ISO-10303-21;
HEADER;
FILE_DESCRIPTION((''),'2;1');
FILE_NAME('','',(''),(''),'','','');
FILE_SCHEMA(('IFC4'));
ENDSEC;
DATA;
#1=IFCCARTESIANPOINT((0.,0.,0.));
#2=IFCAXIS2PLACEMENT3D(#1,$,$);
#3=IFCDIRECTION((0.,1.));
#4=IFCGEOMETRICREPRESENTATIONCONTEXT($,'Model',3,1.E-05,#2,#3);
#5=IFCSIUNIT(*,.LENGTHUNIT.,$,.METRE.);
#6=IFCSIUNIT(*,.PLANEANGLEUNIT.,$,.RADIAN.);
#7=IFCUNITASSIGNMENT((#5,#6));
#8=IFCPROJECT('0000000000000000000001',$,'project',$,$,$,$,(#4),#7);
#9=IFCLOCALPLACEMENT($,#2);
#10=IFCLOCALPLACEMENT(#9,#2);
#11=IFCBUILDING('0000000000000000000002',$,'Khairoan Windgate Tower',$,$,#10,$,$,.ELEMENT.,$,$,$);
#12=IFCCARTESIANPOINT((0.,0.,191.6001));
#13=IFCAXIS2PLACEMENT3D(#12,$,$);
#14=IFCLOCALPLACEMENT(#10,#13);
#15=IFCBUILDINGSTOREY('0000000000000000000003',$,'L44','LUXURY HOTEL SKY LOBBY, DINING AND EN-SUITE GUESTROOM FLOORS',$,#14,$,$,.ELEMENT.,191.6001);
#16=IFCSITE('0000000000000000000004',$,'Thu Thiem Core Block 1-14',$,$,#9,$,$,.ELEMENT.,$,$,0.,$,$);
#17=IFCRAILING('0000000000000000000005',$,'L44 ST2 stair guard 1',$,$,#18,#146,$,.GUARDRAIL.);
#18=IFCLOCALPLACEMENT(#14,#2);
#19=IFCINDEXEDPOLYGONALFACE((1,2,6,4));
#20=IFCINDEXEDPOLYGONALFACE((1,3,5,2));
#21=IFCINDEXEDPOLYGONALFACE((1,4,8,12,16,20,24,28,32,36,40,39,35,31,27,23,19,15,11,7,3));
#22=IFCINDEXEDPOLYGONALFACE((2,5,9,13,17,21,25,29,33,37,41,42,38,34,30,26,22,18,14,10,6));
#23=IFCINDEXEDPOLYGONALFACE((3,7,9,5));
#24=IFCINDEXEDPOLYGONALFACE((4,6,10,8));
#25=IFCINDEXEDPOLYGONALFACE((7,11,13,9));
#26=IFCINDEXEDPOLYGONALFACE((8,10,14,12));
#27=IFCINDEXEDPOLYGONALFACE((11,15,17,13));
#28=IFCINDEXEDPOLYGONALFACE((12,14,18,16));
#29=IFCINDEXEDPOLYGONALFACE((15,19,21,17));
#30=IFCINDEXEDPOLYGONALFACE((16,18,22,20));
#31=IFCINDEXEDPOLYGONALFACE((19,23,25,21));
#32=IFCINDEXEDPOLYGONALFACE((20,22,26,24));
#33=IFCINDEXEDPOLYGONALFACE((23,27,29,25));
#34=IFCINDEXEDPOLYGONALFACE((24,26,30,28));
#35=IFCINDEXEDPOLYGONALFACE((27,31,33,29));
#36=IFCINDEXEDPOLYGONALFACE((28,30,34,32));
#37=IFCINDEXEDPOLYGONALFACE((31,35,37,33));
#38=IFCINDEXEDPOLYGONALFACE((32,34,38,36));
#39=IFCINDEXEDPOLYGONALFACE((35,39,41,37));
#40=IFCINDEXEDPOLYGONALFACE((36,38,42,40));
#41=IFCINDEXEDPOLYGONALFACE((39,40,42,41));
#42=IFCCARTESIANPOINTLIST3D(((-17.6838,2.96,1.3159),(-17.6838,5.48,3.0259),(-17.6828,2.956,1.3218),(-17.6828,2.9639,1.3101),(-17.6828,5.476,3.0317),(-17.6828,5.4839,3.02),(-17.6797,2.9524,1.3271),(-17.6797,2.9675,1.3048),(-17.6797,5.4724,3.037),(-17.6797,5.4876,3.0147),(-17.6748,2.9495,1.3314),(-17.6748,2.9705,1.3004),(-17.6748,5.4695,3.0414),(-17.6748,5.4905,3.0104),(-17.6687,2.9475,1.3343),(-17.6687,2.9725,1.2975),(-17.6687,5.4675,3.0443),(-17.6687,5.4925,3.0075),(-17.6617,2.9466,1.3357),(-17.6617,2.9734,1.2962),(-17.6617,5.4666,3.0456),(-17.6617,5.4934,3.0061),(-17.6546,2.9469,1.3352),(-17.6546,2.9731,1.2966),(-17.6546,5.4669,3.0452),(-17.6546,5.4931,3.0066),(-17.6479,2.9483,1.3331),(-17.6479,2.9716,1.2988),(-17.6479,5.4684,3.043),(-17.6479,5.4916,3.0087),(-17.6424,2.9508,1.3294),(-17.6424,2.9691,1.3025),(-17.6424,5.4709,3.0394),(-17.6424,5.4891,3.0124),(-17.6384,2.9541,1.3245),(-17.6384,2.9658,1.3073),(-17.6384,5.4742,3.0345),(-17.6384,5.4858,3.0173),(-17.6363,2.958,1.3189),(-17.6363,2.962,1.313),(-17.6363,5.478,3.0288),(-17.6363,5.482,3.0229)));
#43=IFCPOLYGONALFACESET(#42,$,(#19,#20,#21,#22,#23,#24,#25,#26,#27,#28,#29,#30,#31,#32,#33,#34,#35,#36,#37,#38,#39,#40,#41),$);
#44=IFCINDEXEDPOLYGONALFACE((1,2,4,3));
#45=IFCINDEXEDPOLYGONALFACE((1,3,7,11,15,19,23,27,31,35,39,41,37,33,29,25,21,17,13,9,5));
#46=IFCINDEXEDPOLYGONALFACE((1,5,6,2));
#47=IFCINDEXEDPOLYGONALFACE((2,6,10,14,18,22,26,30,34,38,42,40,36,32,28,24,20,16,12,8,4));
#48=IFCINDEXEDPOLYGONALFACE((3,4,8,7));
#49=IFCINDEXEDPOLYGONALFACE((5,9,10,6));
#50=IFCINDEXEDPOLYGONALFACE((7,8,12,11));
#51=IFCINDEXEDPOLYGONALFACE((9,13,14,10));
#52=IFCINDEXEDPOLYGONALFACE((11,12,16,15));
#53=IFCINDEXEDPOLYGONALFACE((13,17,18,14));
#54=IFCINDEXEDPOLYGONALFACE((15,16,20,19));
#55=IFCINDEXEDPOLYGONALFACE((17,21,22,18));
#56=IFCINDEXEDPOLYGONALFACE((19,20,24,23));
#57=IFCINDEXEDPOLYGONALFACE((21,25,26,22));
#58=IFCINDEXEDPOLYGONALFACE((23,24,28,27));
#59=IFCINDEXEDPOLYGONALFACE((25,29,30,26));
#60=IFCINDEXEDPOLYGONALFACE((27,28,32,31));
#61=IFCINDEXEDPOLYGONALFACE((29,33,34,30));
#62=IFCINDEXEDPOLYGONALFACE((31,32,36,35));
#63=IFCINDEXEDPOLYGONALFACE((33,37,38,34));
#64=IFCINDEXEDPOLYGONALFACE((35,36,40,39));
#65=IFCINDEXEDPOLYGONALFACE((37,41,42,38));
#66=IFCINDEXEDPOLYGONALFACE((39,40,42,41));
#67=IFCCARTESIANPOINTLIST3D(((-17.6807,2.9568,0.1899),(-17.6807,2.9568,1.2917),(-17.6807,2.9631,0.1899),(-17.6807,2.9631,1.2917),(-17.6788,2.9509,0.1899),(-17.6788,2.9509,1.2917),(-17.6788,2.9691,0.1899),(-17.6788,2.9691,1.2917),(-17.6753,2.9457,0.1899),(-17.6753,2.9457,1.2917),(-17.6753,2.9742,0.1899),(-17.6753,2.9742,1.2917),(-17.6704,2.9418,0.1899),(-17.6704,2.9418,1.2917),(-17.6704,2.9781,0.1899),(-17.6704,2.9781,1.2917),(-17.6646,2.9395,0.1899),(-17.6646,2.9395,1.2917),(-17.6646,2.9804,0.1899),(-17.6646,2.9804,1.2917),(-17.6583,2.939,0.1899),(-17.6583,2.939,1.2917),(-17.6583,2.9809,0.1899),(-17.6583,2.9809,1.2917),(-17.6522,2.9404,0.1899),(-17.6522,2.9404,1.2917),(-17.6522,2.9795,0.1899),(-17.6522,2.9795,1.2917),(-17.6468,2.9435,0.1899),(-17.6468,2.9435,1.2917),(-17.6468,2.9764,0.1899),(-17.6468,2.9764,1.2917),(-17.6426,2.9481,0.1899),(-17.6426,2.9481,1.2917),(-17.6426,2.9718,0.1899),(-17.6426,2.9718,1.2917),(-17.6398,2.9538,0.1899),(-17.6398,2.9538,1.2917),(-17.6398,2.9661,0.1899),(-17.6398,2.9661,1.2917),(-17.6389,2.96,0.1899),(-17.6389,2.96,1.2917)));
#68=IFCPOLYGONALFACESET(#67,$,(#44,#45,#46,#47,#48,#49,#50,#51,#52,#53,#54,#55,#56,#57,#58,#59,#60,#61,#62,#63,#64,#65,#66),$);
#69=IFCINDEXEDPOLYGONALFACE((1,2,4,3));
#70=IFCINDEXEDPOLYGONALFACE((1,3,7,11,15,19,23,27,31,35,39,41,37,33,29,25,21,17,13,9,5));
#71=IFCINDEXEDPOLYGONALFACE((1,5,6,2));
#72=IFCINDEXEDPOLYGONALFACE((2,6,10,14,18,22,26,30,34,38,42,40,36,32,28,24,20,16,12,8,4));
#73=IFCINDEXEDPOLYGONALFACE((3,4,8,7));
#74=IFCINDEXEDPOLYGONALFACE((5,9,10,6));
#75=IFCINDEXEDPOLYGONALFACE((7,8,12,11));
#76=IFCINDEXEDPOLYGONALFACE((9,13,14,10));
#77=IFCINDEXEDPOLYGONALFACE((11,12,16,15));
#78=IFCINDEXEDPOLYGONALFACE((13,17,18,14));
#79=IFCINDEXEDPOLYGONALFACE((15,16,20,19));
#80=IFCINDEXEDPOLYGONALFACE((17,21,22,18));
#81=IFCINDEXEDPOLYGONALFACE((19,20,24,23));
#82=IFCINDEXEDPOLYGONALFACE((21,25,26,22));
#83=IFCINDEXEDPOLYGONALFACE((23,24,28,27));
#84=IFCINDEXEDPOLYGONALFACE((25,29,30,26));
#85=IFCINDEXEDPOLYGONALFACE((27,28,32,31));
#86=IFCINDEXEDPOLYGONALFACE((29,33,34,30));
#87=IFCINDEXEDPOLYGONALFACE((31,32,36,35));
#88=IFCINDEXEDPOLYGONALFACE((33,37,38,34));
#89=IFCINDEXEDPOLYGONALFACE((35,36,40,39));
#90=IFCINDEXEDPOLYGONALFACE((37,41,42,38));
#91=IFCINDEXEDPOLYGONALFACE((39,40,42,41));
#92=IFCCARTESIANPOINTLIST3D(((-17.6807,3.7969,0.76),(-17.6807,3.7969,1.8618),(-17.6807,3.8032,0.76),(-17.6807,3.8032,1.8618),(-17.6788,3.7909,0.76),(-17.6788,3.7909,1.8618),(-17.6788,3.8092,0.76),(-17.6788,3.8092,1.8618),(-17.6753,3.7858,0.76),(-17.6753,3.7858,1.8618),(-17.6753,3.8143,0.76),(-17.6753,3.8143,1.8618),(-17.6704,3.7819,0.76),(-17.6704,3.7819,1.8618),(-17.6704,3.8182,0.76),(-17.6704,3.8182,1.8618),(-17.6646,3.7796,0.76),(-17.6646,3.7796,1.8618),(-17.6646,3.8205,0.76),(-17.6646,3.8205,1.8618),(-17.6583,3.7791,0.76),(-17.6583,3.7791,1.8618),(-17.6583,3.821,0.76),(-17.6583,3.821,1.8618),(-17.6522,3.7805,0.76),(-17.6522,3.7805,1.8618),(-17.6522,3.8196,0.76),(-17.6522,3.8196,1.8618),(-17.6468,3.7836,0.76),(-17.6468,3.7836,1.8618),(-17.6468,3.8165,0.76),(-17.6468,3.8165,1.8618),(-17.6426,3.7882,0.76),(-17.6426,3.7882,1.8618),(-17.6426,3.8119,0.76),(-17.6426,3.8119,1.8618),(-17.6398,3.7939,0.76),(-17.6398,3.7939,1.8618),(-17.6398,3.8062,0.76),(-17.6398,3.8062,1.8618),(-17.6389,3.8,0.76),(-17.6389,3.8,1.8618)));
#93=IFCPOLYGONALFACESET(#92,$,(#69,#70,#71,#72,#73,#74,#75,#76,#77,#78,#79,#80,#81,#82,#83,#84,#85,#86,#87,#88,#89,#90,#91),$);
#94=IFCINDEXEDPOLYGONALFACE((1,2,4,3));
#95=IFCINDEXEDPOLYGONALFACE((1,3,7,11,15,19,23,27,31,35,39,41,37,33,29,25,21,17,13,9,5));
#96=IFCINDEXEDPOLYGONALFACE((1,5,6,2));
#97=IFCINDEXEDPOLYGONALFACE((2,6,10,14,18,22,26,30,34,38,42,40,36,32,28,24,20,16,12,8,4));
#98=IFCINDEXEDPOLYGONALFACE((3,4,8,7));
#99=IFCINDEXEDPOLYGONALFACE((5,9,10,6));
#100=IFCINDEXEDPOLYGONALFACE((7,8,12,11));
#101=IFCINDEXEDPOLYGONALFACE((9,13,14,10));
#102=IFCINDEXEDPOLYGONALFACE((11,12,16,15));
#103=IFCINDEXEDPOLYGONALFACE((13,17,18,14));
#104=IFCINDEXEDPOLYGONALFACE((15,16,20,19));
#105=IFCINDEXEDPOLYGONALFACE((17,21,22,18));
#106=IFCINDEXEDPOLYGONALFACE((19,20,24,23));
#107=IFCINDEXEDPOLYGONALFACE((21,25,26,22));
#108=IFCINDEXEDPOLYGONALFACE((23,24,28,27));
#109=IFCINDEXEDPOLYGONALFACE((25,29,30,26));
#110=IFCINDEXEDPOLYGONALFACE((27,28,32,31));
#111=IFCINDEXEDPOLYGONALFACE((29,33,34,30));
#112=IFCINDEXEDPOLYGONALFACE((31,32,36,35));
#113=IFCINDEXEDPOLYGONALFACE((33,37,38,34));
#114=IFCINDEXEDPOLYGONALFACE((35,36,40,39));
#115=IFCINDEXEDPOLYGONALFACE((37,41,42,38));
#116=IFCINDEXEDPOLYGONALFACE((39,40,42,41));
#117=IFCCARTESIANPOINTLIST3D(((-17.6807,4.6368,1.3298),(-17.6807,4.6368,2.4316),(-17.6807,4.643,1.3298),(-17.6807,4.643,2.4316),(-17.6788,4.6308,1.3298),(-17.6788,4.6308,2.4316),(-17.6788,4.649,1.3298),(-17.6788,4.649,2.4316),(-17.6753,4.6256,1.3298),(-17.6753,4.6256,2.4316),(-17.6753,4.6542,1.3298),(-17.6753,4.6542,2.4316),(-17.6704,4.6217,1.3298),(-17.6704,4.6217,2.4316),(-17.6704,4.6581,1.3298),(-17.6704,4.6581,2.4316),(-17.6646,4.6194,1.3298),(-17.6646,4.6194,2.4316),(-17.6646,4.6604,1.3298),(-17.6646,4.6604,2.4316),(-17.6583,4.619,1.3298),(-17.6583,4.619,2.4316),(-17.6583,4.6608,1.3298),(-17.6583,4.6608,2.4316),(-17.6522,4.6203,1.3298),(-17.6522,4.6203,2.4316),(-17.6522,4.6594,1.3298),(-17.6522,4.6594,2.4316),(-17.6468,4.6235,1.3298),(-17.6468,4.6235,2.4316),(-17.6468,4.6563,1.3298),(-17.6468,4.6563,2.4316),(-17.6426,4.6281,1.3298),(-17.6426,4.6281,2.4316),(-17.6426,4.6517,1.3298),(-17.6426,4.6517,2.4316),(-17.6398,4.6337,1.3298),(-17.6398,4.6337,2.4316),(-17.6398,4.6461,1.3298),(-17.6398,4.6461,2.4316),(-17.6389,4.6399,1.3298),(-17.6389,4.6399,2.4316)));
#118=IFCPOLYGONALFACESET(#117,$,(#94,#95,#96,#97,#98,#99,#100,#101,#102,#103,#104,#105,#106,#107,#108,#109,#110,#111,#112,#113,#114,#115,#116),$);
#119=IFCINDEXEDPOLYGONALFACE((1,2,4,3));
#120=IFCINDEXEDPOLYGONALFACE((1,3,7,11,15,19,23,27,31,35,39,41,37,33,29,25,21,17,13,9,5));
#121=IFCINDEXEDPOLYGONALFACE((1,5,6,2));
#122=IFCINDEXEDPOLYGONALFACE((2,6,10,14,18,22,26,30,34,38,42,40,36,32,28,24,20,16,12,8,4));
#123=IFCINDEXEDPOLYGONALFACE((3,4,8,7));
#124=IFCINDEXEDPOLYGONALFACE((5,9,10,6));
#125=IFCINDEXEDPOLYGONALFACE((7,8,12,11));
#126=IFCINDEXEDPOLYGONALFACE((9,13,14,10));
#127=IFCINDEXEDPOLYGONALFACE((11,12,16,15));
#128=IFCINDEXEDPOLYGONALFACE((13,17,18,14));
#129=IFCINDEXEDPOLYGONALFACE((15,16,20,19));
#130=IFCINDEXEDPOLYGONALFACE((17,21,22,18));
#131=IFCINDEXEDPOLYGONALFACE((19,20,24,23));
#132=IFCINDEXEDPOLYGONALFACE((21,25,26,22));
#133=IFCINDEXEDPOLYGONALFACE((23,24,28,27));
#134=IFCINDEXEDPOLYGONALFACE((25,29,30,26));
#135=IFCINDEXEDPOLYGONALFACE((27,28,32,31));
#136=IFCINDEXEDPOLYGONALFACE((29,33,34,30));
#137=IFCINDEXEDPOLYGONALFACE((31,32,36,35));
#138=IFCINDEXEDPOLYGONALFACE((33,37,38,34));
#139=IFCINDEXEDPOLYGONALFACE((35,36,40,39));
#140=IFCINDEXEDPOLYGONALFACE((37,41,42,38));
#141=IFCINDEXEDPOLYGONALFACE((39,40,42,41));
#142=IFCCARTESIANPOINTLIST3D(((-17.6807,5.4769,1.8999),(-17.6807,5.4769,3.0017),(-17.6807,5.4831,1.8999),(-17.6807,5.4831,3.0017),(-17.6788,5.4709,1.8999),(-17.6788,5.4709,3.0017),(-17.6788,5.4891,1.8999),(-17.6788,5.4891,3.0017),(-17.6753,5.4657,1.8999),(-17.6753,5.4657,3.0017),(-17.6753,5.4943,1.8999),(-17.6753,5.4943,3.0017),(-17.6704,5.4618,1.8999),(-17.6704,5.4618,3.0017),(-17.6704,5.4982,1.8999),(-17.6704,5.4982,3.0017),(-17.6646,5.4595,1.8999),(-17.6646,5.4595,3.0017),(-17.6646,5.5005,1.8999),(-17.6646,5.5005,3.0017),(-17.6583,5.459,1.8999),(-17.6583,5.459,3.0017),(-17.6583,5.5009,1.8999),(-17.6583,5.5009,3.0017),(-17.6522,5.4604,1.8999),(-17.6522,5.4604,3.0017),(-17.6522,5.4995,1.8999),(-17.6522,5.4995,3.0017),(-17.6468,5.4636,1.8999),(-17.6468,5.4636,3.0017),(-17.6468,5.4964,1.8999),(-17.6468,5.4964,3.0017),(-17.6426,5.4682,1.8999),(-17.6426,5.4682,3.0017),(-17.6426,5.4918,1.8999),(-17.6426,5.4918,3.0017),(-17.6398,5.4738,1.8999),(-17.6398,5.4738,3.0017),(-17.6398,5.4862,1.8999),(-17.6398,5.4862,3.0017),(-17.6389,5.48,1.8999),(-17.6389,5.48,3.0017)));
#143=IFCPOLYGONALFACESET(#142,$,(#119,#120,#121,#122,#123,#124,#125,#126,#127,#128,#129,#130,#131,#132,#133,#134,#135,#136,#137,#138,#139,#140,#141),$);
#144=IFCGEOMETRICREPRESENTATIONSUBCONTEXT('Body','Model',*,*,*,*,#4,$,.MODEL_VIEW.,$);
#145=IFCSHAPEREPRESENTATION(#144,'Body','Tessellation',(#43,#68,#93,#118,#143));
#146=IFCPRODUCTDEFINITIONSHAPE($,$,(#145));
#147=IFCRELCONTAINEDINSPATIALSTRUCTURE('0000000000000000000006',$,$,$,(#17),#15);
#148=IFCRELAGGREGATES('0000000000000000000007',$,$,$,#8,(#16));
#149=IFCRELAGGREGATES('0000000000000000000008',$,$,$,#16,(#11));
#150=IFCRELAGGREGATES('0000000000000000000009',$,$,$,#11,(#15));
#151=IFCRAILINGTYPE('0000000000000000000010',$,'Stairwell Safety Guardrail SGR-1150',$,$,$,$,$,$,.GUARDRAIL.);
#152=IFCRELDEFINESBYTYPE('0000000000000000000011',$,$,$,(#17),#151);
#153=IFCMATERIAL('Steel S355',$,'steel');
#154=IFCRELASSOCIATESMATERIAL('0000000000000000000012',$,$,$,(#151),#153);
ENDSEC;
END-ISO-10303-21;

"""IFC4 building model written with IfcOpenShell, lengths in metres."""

from ifc_helpers import new_model, si_unit, direction, frame, origin, origin_2d, place, context, subcontext, project, spatial, circle, extrude, material, type_object, element, save


model = new_model("IFC4")

# Units and contexts
model_context = context("Model", 3, precision=1e-05, world=origin(), true_north=direction((0.0, 1.0)))
body_context = subcontext(model_context, "Body", "Model", "MODEL_VIEW")
ifc_project = project(units=[si_unit("LENGTHUNIT", "METRE"), si_unit("PLANEANGLEUNIT", "RADIAN")], contexts=[model_context])

# Site, building, storey
site_placement = place(None, origin())
site = spatial("IfcSite", under=ifc_project, at=site_placement, Name="Thu Thiem Core Block 1-14", CompositionType="ELEMENT", RefElevation=0.0)
building_placement = place(site_placement, origin())
building = spatial("IfcBuilding", under=site, at=building_placement, Name="Khairoan Windgate Tower", CompositionType="ELEMENT")
storey_placement = place(building_placement, frame((0.0, 0.0, 191.6001)))
storey = spatial("IfcBuildingStorey", under=building, at=storey_placement, Name="L44", Description="LUXURY HOTEL SKY LOBBY, DINING AND EN-SUITE GUESTROOM FLOORS", CompositionType="ELEMENT", Elevation=191.6001)

# Railing
ifc_material_1 = material(Name="Steel S355", Category="steel")
railing_type_1 = type_object("IfcRailingType", Name="Stairwell Safety Guardrail SGR-1150", PredefinedType="GUARDRAIL", material=ifc_material_1)
railing_1_placement = place(storey_placement, frame((-17.6599, 2.96, 0.1899)))
element("IfcRailing", 1, at=railing_1_placement, inside=storey, type_object=railing_type_1, Name="L44 ST2 stair guard 1", PredefinedType="GUARDRAIL", context=body_context, shape_type="SweptSolid", body=[
    extrude(circle(Radius=0.0239, at=origin_2d()), frame((0.0, 0.0, 1.126), z_axis=(0.0, 0.827484, 0.56149), x_axis=(-1.0, 0.0, 0.0)), (0.0, 0.0, 1.0), 3.0454),
    extrude(circle(Radius=0.021, at=origin_2d()), origin(), (0.0, 0.0, 1.0), 1.1018),
    extrude(circle(Radius=0.021, at=origin_2d()), frame((0.0, 0.8401, 0.5701)), (0.0, 0.0, 1.0), 1.1018),
    extrude(circle(Radius=0.021, at=origin_2d()), frame((0.0, 1.6799, 1.1399)), (0.0, 0.0, 1.0), 1.1018),
    extrude(circle(Radius=0.021, at=origin_2d()), frame((0.0, 2.52, 1.71)), (0.0, 0.0, 1.0), 1.1018),
])

save(model, "model.ifc")
